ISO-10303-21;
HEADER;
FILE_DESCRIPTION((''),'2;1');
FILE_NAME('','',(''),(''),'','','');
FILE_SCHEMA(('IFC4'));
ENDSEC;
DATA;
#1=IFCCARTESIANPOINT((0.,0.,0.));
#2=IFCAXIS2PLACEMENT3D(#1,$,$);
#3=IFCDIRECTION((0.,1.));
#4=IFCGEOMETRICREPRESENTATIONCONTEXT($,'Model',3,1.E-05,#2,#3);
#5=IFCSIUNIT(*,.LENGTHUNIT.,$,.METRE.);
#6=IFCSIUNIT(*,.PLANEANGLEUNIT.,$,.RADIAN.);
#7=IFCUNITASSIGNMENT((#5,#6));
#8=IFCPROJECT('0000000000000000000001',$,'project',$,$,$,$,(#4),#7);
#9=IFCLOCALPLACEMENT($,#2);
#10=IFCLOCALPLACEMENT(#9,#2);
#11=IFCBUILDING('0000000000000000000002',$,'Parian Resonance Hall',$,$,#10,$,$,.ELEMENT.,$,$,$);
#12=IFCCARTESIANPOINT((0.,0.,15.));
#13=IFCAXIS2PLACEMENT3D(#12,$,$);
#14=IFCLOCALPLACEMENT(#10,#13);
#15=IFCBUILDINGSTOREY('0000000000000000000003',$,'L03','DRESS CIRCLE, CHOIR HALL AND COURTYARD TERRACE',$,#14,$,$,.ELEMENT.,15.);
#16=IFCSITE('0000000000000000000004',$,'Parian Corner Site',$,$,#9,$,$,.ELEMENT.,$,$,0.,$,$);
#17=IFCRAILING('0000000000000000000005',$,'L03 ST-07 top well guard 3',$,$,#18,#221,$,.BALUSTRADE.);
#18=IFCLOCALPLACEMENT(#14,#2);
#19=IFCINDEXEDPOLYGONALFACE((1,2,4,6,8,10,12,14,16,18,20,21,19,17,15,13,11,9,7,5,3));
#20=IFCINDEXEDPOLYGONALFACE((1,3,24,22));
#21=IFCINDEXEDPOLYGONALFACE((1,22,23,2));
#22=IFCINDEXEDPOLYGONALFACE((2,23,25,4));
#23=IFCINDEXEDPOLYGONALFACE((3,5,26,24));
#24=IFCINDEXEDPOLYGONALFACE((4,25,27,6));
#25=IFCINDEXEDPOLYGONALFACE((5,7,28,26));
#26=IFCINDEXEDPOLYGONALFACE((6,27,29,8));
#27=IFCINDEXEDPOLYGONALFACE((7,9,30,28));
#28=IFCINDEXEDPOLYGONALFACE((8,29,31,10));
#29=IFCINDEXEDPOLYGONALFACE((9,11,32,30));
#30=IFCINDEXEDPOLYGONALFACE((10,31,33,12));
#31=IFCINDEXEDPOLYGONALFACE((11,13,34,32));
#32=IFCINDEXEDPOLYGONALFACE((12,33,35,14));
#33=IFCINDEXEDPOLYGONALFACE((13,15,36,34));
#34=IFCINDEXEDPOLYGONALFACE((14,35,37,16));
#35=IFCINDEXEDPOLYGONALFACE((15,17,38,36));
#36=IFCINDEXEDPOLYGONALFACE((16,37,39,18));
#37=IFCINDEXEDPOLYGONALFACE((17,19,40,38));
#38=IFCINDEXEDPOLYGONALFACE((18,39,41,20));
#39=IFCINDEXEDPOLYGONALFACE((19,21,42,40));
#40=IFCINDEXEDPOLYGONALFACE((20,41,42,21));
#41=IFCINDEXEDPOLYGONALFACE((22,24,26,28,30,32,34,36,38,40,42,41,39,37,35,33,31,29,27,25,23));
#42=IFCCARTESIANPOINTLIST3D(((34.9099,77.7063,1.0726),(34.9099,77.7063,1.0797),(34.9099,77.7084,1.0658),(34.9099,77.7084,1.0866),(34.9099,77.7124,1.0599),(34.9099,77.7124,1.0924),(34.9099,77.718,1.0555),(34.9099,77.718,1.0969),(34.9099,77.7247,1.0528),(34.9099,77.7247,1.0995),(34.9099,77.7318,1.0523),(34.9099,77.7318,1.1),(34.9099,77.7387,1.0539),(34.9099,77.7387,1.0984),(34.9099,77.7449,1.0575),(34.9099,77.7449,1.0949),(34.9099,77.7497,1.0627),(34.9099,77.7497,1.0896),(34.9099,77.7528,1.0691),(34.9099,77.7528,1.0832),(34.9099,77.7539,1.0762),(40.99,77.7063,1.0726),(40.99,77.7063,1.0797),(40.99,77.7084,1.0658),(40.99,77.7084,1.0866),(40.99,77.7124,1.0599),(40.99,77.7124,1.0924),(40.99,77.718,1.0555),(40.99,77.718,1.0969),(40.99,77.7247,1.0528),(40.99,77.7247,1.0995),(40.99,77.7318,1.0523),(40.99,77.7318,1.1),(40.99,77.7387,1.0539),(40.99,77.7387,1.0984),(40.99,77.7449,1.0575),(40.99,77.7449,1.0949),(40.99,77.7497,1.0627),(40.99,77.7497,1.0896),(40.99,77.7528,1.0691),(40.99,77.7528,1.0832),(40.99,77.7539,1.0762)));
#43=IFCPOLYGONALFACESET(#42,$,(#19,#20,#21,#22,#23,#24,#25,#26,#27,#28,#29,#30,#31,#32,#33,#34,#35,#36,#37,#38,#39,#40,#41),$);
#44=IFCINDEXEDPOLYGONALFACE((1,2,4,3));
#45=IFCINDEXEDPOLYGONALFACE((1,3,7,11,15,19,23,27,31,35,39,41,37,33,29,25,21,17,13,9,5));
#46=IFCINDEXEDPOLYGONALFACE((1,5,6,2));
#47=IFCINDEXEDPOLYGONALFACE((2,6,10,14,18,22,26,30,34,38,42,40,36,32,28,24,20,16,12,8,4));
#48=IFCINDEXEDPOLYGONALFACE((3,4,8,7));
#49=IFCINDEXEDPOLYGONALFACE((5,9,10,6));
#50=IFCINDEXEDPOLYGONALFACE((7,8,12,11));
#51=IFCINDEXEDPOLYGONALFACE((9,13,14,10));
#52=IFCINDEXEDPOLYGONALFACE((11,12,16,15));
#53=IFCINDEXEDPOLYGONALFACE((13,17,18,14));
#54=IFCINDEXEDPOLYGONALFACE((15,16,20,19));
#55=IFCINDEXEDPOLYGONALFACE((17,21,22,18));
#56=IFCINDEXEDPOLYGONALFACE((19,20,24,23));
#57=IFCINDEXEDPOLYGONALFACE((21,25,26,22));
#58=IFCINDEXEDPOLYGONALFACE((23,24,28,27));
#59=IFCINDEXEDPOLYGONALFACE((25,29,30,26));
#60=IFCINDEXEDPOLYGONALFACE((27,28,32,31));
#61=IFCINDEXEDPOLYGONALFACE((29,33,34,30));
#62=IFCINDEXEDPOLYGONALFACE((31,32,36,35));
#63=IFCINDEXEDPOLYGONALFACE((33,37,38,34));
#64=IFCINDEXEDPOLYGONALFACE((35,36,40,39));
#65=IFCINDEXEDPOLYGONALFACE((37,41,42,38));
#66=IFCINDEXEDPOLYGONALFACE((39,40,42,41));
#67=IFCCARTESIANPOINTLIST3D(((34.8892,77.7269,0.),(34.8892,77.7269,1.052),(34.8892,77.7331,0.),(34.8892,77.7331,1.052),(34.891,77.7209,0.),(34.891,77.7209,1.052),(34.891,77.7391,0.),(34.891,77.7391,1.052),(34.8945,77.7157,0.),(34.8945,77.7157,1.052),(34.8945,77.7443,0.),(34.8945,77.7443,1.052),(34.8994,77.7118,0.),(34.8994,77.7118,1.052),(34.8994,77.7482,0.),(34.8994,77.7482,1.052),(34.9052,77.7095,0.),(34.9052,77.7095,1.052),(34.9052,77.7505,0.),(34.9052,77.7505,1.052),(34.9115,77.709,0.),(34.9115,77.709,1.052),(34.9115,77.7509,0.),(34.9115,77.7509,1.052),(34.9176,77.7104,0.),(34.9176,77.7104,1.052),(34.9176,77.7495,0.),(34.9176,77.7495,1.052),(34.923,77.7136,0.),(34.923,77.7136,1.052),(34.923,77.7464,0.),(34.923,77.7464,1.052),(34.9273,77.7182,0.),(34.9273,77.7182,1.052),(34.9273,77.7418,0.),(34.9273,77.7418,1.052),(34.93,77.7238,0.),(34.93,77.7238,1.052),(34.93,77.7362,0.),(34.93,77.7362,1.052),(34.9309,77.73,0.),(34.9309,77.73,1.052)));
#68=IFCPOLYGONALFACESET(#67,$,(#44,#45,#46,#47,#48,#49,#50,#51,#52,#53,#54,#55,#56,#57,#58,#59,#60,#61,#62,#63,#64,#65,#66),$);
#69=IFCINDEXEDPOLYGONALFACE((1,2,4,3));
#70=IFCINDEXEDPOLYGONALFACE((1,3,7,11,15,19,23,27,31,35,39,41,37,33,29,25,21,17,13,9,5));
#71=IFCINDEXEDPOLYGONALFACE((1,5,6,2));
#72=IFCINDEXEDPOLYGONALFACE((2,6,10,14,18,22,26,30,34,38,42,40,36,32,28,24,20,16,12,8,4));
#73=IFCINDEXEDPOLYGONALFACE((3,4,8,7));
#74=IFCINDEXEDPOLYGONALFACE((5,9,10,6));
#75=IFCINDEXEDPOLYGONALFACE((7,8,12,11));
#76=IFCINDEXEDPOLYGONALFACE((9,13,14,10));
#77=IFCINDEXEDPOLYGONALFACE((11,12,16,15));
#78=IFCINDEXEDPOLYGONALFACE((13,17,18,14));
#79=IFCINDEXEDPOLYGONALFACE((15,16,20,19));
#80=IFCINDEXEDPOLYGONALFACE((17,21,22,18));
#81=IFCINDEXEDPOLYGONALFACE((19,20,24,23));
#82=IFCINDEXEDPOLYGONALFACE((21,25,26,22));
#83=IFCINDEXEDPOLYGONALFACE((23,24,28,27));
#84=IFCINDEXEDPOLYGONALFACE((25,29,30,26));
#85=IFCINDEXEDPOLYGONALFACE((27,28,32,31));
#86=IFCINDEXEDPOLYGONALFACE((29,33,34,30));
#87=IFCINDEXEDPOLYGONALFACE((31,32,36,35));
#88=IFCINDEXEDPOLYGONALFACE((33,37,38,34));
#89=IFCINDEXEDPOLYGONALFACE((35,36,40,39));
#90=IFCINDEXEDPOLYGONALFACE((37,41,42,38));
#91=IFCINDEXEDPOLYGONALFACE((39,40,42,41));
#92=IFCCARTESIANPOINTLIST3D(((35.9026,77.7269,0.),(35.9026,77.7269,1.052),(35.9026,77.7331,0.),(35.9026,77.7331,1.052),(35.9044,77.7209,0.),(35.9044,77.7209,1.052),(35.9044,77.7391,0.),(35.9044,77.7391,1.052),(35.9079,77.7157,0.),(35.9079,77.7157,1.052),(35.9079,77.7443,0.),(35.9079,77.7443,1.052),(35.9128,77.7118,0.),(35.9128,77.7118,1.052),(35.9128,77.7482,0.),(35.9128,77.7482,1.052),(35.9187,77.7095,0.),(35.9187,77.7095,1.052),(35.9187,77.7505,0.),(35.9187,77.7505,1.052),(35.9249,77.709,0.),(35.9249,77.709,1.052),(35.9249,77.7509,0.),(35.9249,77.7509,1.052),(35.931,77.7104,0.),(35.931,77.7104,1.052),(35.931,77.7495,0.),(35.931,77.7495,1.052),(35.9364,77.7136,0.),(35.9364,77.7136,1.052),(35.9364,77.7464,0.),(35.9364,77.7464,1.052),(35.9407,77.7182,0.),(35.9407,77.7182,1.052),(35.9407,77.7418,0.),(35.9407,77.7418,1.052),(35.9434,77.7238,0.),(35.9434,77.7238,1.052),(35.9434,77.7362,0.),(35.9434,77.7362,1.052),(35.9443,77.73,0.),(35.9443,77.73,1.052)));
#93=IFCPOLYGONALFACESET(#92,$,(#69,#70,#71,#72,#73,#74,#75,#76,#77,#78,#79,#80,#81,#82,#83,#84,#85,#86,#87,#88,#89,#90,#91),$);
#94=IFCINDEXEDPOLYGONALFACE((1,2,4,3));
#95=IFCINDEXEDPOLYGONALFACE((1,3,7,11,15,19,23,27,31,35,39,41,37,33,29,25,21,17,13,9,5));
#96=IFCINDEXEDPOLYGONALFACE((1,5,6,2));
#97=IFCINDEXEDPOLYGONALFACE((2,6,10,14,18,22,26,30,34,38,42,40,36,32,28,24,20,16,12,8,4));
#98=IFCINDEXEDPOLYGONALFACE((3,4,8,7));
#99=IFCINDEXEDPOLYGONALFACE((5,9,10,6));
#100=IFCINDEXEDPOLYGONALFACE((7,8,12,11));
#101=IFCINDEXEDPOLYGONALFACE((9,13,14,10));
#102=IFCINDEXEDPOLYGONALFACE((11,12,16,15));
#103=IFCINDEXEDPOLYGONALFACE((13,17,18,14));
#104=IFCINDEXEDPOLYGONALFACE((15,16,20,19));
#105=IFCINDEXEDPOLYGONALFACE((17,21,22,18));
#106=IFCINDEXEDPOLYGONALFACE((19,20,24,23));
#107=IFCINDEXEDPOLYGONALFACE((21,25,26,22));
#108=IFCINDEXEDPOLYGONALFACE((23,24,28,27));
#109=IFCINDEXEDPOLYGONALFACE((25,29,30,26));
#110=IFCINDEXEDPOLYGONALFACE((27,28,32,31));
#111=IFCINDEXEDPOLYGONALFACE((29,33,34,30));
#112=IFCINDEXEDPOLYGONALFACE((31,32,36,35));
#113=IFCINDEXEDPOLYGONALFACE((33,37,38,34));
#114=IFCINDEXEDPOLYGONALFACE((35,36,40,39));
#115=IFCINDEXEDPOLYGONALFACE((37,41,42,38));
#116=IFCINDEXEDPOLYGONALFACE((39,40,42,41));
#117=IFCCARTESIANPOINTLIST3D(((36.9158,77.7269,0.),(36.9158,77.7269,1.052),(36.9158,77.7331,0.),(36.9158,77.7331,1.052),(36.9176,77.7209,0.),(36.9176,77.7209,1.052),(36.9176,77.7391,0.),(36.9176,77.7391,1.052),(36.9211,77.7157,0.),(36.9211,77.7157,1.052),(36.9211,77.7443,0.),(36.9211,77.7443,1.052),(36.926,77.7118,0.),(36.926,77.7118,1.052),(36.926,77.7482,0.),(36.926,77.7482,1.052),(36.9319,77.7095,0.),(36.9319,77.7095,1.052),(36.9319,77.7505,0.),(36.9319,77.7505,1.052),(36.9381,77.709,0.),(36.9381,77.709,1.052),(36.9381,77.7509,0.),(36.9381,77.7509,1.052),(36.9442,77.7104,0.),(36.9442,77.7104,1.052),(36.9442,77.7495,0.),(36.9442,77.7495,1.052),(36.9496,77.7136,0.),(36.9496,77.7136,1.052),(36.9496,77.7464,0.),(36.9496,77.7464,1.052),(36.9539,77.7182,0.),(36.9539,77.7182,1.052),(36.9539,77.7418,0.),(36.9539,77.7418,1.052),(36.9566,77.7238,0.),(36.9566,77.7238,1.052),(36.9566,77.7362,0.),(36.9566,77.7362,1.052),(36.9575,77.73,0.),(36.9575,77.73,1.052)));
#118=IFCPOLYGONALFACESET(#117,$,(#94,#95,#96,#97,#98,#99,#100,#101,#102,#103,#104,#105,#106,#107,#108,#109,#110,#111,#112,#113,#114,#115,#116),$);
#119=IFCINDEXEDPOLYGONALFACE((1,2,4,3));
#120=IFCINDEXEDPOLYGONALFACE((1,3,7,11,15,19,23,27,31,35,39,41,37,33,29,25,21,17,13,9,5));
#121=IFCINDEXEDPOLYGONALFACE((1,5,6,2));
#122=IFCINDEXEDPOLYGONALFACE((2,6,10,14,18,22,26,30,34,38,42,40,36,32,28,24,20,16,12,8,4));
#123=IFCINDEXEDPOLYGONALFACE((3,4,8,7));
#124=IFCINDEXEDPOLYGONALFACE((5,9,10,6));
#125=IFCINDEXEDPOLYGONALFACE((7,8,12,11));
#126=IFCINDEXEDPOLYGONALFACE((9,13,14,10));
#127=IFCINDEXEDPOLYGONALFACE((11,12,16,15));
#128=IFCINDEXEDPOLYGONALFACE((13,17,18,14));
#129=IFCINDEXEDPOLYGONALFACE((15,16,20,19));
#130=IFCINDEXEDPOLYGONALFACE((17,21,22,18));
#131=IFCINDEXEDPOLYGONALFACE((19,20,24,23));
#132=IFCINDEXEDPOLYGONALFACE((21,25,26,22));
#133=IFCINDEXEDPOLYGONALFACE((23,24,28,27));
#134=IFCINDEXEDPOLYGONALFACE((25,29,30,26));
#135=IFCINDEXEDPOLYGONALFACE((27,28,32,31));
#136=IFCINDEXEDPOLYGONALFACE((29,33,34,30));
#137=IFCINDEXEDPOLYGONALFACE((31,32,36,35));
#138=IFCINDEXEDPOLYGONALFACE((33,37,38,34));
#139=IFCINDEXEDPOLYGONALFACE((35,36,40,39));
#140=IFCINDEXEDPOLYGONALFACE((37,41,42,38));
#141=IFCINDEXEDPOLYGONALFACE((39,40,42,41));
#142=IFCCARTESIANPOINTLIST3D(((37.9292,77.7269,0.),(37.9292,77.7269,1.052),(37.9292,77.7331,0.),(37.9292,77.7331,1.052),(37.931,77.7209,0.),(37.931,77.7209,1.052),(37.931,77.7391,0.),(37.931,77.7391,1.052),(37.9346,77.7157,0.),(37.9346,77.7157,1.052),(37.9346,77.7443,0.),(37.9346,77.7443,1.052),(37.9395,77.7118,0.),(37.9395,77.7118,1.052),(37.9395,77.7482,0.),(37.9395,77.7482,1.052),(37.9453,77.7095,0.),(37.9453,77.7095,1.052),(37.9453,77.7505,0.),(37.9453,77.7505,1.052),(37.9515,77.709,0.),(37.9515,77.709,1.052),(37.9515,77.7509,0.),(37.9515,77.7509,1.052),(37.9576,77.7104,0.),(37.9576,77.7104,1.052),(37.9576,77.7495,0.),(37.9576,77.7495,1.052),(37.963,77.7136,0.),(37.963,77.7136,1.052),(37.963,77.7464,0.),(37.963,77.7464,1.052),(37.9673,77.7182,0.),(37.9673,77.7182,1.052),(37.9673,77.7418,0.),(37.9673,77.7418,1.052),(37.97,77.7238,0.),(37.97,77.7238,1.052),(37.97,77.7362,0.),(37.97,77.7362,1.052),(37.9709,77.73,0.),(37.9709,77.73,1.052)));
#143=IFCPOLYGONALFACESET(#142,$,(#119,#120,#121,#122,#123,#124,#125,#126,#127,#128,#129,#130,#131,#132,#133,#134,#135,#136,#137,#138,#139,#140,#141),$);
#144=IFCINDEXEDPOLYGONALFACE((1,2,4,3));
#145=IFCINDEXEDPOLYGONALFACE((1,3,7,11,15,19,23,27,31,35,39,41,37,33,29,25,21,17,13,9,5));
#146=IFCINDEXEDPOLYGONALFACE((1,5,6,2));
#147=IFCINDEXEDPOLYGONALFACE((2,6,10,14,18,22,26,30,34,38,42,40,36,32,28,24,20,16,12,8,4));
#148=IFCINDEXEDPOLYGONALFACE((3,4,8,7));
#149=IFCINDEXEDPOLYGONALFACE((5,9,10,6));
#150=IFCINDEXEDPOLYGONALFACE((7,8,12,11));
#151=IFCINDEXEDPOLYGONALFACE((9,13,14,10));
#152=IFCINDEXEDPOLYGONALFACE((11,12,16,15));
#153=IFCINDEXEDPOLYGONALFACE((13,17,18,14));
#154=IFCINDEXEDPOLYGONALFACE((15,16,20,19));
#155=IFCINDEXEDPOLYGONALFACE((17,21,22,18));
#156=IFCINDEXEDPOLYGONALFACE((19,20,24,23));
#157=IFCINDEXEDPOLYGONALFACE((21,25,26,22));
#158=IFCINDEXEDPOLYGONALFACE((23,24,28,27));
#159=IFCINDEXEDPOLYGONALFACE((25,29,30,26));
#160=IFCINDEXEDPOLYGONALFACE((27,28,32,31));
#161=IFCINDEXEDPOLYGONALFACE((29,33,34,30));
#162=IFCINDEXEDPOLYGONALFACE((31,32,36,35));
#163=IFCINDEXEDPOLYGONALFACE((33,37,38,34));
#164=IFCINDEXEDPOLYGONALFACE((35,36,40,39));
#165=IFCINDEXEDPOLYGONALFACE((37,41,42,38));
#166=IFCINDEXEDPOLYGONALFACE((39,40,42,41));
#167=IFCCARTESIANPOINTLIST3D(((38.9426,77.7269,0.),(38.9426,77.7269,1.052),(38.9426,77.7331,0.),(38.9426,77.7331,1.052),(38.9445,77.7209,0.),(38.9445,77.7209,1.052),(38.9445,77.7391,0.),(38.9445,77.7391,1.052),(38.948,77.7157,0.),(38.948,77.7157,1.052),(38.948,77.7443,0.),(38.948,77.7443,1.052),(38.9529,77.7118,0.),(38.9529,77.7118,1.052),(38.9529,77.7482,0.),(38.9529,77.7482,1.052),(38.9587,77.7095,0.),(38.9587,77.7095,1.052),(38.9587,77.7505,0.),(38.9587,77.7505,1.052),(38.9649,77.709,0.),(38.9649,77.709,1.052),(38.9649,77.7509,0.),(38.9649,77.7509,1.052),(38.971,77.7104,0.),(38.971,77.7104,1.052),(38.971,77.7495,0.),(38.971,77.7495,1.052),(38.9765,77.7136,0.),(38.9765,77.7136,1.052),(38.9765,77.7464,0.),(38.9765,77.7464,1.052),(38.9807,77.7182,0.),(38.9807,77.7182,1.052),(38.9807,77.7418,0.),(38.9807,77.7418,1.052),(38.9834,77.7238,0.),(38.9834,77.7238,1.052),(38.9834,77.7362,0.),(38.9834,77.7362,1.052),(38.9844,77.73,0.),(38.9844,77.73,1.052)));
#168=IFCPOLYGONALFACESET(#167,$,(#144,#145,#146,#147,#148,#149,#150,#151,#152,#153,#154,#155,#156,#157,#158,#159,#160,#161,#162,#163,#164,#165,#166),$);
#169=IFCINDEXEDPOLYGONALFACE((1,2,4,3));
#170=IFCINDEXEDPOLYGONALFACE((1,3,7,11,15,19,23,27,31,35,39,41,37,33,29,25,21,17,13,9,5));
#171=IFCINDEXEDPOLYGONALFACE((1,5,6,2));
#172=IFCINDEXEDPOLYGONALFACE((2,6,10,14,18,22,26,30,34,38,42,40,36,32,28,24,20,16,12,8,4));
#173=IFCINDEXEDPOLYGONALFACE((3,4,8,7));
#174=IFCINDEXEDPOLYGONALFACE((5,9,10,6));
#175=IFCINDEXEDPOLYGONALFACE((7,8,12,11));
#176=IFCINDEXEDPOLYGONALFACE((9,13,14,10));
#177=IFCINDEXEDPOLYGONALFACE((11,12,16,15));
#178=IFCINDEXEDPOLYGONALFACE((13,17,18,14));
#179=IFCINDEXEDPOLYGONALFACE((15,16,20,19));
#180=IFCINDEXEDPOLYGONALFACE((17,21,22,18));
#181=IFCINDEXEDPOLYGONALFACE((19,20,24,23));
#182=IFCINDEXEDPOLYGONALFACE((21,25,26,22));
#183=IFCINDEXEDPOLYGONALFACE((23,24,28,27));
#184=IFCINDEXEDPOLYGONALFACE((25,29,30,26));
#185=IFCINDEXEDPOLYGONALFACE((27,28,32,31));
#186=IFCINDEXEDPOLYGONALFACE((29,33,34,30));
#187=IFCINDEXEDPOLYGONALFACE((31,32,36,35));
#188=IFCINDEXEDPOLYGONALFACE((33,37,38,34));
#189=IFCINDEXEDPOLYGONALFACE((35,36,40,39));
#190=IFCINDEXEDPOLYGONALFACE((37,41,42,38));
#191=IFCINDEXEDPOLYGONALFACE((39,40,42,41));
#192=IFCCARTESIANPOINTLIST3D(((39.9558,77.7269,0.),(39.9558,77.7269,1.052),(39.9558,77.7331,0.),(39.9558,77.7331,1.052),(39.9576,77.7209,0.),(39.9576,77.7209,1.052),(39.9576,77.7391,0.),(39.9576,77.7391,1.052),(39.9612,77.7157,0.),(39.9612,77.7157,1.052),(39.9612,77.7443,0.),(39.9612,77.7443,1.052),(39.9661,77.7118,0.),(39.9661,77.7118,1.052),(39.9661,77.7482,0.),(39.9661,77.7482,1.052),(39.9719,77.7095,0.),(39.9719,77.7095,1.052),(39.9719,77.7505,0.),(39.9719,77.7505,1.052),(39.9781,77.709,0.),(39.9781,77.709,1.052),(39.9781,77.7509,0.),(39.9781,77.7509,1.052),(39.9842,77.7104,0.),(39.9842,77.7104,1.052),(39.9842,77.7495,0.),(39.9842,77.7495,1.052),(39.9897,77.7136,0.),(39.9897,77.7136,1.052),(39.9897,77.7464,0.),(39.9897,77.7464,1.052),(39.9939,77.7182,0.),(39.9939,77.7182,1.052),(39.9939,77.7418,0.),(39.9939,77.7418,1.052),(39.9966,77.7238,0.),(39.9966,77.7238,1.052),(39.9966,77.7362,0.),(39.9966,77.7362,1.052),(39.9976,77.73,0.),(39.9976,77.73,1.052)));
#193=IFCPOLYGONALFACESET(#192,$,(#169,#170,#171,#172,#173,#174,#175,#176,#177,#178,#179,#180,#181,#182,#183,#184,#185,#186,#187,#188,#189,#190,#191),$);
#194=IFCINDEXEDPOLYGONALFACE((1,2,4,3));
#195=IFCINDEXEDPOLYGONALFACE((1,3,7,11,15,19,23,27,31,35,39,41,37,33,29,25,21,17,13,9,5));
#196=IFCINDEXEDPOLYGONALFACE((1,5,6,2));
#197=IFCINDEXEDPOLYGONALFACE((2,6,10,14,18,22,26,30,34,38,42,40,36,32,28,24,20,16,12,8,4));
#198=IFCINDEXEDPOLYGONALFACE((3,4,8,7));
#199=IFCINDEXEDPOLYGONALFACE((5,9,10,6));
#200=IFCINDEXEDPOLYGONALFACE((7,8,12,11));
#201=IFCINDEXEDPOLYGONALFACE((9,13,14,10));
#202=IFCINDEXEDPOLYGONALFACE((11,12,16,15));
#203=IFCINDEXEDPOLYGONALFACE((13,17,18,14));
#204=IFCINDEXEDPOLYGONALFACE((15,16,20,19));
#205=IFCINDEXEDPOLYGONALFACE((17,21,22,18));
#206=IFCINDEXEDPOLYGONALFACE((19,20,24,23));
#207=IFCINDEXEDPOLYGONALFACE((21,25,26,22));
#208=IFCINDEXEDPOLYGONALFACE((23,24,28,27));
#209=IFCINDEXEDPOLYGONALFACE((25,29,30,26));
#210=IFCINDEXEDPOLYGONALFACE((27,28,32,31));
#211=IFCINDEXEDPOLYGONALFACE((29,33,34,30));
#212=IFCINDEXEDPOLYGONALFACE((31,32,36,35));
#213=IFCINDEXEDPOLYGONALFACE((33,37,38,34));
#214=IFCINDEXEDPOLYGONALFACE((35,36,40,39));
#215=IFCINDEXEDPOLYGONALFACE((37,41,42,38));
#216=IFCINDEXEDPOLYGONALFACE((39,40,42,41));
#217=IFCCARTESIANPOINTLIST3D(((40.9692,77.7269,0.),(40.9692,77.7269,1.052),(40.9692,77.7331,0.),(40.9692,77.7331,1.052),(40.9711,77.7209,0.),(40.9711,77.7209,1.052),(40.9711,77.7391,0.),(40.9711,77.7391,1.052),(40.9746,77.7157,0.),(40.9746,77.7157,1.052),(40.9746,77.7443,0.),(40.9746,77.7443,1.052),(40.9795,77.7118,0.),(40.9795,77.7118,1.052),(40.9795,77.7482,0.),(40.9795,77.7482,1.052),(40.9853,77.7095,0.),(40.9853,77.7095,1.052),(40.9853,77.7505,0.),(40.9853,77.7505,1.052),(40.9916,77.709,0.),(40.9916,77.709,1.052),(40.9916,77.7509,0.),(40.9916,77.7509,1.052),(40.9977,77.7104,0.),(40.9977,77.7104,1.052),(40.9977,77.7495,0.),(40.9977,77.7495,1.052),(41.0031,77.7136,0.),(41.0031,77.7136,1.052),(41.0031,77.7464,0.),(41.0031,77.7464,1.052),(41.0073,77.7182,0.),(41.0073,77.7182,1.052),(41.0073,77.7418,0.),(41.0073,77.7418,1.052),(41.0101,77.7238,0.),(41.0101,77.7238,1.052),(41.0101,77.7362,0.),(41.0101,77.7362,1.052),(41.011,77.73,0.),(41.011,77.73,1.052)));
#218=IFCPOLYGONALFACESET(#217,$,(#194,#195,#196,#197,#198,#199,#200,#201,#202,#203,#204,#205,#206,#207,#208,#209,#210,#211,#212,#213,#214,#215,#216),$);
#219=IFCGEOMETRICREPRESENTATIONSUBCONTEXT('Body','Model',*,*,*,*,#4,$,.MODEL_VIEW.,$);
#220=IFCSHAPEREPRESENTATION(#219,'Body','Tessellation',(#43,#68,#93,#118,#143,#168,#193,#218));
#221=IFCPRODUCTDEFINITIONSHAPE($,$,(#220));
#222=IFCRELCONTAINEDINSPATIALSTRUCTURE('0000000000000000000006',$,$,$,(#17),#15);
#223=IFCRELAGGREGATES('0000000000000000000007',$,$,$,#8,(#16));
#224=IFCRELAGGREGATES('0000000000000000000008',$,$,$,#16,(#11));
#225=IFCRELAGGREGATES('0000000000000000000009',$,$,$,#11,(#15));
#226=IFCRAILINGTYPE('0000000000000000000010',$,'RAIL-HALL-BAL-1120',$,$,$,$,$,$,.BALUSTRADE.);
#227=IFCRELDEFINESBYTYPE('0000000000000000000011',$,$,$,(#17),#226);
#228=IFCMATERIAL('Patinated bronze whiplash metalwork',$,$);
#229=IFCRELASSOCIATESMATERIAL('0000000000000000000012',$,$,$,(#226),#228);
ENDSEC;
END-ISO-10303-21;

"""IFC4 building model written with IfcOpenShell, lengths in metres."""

from ifc_helpers import new_model, si_unit, direction, frame, origin, origin_2d, place, context, subcontext, project, spatial, circle, extrude, material, type_object, element, save


model = new_model("IFC4")

# Units and contexts
model_context = context("Model", 3, precision=1e-05, world=origin(), true_north=direction((0.0, 1.0)))
body_context = subcontext(model_context, "Body", "Model", "MODEL_VIEW")
ifc_project = project(units=[si_unit("LENGTHUNIT", "METRE"), si_unit("PLANEANGLEUNIT", "RADIAN")], contexts=[model_context])

# Site, building, storey
site_placement = place(None, origin())
site = spatial("IfcSite", under=ifc_project, at=site_placement, Name="Parian Corner Site", CompositionType="ELEMENT", RefElevation=0.0)
building_placement = place(site_placement, origin())
building = spatial("IfcBuilding", under=site, at=building_placement, Name="Parian Resonance Hall", CompositionType="ELEMENT")
storey_placement = place(building_placement, frame((0.0, 0.0, 15.0)))
storey = spatial("IfcBuildingStorey", under=building, at=storey_placement, Name="L03", Description="DRESS CIRCLE, CHOIR HALL AND COURTYARD TERRACE", CompositionType="ELEMENT", Elevation=15.0)

# Railing
ifc_material_1 = material(Name="Patinated bronze whiplash metalwork")
railing_type = type_object("IfcRailingType", Name="RAIL-HALL-BAL-1120", PredefinedType="BALUSTRADE", material=ifc_material_1)
for number, where, name in (
    (1, (34.9099, 77.73, 0.0), "L03 ST-07 top well guard 3"),
):
    element("IfcRailing", number, at=place(storey_placement, frame(where)), inside=storey, type_object=railing_type, Name=name, PredefinedType="BALUSTRADE", context=body_context, shape_type="SweptSolid", body=[
        extrude(circle(Radius=0.0239, at=origin_2d()), frame((0.0, 0.0, 1.0762), z_axis=(1.0, 0.0, 0.0), x_axis=(0.0, 1.0, 0.0)), (0.0, 0.0, 1.0), 6.0801),
        extrude(circle(Radius=0.021, at=origin_2d()), origin(), (0.0, 0.0, 1.0), 1.052),
        extrude(circle(Radius=0.021, at=origin_2d()), frame((1.0134, 0.0, 0.0)), (0.0, 0.0, 1.0), 1.052),
        extrude(circle(Radius=0.021, at=origin_2d()), frame((2.0266, 0.0, 0.0)), (0.0, 0.0, 1.0), 1.052),
        extrude(circle(Radius=0.021, at=origin_2d()), frame((3.04, 0.0, 0.0)), (0.0, 0.0, 1.0), 1.052),
        extrude(circle(Radius=0.021, at=origin_2d()), frame((4.0535, 0.0, 0.0)), (0.0, 0.0, 1.0), 1.052),
        extrude(circle(Radius=0.021, at=origin_2d()), frame((5.0667, 0.0, 0.0)), (0.0, 0.0, 1.0), 1.052),
        extrude(circle(Radius=0.021, at=origin_2d()), frame((6.0801, 0.0, 0.0)), (0.0, 0.0, 1.0), 1.052),
    ])

save(model, "model.ifc")
